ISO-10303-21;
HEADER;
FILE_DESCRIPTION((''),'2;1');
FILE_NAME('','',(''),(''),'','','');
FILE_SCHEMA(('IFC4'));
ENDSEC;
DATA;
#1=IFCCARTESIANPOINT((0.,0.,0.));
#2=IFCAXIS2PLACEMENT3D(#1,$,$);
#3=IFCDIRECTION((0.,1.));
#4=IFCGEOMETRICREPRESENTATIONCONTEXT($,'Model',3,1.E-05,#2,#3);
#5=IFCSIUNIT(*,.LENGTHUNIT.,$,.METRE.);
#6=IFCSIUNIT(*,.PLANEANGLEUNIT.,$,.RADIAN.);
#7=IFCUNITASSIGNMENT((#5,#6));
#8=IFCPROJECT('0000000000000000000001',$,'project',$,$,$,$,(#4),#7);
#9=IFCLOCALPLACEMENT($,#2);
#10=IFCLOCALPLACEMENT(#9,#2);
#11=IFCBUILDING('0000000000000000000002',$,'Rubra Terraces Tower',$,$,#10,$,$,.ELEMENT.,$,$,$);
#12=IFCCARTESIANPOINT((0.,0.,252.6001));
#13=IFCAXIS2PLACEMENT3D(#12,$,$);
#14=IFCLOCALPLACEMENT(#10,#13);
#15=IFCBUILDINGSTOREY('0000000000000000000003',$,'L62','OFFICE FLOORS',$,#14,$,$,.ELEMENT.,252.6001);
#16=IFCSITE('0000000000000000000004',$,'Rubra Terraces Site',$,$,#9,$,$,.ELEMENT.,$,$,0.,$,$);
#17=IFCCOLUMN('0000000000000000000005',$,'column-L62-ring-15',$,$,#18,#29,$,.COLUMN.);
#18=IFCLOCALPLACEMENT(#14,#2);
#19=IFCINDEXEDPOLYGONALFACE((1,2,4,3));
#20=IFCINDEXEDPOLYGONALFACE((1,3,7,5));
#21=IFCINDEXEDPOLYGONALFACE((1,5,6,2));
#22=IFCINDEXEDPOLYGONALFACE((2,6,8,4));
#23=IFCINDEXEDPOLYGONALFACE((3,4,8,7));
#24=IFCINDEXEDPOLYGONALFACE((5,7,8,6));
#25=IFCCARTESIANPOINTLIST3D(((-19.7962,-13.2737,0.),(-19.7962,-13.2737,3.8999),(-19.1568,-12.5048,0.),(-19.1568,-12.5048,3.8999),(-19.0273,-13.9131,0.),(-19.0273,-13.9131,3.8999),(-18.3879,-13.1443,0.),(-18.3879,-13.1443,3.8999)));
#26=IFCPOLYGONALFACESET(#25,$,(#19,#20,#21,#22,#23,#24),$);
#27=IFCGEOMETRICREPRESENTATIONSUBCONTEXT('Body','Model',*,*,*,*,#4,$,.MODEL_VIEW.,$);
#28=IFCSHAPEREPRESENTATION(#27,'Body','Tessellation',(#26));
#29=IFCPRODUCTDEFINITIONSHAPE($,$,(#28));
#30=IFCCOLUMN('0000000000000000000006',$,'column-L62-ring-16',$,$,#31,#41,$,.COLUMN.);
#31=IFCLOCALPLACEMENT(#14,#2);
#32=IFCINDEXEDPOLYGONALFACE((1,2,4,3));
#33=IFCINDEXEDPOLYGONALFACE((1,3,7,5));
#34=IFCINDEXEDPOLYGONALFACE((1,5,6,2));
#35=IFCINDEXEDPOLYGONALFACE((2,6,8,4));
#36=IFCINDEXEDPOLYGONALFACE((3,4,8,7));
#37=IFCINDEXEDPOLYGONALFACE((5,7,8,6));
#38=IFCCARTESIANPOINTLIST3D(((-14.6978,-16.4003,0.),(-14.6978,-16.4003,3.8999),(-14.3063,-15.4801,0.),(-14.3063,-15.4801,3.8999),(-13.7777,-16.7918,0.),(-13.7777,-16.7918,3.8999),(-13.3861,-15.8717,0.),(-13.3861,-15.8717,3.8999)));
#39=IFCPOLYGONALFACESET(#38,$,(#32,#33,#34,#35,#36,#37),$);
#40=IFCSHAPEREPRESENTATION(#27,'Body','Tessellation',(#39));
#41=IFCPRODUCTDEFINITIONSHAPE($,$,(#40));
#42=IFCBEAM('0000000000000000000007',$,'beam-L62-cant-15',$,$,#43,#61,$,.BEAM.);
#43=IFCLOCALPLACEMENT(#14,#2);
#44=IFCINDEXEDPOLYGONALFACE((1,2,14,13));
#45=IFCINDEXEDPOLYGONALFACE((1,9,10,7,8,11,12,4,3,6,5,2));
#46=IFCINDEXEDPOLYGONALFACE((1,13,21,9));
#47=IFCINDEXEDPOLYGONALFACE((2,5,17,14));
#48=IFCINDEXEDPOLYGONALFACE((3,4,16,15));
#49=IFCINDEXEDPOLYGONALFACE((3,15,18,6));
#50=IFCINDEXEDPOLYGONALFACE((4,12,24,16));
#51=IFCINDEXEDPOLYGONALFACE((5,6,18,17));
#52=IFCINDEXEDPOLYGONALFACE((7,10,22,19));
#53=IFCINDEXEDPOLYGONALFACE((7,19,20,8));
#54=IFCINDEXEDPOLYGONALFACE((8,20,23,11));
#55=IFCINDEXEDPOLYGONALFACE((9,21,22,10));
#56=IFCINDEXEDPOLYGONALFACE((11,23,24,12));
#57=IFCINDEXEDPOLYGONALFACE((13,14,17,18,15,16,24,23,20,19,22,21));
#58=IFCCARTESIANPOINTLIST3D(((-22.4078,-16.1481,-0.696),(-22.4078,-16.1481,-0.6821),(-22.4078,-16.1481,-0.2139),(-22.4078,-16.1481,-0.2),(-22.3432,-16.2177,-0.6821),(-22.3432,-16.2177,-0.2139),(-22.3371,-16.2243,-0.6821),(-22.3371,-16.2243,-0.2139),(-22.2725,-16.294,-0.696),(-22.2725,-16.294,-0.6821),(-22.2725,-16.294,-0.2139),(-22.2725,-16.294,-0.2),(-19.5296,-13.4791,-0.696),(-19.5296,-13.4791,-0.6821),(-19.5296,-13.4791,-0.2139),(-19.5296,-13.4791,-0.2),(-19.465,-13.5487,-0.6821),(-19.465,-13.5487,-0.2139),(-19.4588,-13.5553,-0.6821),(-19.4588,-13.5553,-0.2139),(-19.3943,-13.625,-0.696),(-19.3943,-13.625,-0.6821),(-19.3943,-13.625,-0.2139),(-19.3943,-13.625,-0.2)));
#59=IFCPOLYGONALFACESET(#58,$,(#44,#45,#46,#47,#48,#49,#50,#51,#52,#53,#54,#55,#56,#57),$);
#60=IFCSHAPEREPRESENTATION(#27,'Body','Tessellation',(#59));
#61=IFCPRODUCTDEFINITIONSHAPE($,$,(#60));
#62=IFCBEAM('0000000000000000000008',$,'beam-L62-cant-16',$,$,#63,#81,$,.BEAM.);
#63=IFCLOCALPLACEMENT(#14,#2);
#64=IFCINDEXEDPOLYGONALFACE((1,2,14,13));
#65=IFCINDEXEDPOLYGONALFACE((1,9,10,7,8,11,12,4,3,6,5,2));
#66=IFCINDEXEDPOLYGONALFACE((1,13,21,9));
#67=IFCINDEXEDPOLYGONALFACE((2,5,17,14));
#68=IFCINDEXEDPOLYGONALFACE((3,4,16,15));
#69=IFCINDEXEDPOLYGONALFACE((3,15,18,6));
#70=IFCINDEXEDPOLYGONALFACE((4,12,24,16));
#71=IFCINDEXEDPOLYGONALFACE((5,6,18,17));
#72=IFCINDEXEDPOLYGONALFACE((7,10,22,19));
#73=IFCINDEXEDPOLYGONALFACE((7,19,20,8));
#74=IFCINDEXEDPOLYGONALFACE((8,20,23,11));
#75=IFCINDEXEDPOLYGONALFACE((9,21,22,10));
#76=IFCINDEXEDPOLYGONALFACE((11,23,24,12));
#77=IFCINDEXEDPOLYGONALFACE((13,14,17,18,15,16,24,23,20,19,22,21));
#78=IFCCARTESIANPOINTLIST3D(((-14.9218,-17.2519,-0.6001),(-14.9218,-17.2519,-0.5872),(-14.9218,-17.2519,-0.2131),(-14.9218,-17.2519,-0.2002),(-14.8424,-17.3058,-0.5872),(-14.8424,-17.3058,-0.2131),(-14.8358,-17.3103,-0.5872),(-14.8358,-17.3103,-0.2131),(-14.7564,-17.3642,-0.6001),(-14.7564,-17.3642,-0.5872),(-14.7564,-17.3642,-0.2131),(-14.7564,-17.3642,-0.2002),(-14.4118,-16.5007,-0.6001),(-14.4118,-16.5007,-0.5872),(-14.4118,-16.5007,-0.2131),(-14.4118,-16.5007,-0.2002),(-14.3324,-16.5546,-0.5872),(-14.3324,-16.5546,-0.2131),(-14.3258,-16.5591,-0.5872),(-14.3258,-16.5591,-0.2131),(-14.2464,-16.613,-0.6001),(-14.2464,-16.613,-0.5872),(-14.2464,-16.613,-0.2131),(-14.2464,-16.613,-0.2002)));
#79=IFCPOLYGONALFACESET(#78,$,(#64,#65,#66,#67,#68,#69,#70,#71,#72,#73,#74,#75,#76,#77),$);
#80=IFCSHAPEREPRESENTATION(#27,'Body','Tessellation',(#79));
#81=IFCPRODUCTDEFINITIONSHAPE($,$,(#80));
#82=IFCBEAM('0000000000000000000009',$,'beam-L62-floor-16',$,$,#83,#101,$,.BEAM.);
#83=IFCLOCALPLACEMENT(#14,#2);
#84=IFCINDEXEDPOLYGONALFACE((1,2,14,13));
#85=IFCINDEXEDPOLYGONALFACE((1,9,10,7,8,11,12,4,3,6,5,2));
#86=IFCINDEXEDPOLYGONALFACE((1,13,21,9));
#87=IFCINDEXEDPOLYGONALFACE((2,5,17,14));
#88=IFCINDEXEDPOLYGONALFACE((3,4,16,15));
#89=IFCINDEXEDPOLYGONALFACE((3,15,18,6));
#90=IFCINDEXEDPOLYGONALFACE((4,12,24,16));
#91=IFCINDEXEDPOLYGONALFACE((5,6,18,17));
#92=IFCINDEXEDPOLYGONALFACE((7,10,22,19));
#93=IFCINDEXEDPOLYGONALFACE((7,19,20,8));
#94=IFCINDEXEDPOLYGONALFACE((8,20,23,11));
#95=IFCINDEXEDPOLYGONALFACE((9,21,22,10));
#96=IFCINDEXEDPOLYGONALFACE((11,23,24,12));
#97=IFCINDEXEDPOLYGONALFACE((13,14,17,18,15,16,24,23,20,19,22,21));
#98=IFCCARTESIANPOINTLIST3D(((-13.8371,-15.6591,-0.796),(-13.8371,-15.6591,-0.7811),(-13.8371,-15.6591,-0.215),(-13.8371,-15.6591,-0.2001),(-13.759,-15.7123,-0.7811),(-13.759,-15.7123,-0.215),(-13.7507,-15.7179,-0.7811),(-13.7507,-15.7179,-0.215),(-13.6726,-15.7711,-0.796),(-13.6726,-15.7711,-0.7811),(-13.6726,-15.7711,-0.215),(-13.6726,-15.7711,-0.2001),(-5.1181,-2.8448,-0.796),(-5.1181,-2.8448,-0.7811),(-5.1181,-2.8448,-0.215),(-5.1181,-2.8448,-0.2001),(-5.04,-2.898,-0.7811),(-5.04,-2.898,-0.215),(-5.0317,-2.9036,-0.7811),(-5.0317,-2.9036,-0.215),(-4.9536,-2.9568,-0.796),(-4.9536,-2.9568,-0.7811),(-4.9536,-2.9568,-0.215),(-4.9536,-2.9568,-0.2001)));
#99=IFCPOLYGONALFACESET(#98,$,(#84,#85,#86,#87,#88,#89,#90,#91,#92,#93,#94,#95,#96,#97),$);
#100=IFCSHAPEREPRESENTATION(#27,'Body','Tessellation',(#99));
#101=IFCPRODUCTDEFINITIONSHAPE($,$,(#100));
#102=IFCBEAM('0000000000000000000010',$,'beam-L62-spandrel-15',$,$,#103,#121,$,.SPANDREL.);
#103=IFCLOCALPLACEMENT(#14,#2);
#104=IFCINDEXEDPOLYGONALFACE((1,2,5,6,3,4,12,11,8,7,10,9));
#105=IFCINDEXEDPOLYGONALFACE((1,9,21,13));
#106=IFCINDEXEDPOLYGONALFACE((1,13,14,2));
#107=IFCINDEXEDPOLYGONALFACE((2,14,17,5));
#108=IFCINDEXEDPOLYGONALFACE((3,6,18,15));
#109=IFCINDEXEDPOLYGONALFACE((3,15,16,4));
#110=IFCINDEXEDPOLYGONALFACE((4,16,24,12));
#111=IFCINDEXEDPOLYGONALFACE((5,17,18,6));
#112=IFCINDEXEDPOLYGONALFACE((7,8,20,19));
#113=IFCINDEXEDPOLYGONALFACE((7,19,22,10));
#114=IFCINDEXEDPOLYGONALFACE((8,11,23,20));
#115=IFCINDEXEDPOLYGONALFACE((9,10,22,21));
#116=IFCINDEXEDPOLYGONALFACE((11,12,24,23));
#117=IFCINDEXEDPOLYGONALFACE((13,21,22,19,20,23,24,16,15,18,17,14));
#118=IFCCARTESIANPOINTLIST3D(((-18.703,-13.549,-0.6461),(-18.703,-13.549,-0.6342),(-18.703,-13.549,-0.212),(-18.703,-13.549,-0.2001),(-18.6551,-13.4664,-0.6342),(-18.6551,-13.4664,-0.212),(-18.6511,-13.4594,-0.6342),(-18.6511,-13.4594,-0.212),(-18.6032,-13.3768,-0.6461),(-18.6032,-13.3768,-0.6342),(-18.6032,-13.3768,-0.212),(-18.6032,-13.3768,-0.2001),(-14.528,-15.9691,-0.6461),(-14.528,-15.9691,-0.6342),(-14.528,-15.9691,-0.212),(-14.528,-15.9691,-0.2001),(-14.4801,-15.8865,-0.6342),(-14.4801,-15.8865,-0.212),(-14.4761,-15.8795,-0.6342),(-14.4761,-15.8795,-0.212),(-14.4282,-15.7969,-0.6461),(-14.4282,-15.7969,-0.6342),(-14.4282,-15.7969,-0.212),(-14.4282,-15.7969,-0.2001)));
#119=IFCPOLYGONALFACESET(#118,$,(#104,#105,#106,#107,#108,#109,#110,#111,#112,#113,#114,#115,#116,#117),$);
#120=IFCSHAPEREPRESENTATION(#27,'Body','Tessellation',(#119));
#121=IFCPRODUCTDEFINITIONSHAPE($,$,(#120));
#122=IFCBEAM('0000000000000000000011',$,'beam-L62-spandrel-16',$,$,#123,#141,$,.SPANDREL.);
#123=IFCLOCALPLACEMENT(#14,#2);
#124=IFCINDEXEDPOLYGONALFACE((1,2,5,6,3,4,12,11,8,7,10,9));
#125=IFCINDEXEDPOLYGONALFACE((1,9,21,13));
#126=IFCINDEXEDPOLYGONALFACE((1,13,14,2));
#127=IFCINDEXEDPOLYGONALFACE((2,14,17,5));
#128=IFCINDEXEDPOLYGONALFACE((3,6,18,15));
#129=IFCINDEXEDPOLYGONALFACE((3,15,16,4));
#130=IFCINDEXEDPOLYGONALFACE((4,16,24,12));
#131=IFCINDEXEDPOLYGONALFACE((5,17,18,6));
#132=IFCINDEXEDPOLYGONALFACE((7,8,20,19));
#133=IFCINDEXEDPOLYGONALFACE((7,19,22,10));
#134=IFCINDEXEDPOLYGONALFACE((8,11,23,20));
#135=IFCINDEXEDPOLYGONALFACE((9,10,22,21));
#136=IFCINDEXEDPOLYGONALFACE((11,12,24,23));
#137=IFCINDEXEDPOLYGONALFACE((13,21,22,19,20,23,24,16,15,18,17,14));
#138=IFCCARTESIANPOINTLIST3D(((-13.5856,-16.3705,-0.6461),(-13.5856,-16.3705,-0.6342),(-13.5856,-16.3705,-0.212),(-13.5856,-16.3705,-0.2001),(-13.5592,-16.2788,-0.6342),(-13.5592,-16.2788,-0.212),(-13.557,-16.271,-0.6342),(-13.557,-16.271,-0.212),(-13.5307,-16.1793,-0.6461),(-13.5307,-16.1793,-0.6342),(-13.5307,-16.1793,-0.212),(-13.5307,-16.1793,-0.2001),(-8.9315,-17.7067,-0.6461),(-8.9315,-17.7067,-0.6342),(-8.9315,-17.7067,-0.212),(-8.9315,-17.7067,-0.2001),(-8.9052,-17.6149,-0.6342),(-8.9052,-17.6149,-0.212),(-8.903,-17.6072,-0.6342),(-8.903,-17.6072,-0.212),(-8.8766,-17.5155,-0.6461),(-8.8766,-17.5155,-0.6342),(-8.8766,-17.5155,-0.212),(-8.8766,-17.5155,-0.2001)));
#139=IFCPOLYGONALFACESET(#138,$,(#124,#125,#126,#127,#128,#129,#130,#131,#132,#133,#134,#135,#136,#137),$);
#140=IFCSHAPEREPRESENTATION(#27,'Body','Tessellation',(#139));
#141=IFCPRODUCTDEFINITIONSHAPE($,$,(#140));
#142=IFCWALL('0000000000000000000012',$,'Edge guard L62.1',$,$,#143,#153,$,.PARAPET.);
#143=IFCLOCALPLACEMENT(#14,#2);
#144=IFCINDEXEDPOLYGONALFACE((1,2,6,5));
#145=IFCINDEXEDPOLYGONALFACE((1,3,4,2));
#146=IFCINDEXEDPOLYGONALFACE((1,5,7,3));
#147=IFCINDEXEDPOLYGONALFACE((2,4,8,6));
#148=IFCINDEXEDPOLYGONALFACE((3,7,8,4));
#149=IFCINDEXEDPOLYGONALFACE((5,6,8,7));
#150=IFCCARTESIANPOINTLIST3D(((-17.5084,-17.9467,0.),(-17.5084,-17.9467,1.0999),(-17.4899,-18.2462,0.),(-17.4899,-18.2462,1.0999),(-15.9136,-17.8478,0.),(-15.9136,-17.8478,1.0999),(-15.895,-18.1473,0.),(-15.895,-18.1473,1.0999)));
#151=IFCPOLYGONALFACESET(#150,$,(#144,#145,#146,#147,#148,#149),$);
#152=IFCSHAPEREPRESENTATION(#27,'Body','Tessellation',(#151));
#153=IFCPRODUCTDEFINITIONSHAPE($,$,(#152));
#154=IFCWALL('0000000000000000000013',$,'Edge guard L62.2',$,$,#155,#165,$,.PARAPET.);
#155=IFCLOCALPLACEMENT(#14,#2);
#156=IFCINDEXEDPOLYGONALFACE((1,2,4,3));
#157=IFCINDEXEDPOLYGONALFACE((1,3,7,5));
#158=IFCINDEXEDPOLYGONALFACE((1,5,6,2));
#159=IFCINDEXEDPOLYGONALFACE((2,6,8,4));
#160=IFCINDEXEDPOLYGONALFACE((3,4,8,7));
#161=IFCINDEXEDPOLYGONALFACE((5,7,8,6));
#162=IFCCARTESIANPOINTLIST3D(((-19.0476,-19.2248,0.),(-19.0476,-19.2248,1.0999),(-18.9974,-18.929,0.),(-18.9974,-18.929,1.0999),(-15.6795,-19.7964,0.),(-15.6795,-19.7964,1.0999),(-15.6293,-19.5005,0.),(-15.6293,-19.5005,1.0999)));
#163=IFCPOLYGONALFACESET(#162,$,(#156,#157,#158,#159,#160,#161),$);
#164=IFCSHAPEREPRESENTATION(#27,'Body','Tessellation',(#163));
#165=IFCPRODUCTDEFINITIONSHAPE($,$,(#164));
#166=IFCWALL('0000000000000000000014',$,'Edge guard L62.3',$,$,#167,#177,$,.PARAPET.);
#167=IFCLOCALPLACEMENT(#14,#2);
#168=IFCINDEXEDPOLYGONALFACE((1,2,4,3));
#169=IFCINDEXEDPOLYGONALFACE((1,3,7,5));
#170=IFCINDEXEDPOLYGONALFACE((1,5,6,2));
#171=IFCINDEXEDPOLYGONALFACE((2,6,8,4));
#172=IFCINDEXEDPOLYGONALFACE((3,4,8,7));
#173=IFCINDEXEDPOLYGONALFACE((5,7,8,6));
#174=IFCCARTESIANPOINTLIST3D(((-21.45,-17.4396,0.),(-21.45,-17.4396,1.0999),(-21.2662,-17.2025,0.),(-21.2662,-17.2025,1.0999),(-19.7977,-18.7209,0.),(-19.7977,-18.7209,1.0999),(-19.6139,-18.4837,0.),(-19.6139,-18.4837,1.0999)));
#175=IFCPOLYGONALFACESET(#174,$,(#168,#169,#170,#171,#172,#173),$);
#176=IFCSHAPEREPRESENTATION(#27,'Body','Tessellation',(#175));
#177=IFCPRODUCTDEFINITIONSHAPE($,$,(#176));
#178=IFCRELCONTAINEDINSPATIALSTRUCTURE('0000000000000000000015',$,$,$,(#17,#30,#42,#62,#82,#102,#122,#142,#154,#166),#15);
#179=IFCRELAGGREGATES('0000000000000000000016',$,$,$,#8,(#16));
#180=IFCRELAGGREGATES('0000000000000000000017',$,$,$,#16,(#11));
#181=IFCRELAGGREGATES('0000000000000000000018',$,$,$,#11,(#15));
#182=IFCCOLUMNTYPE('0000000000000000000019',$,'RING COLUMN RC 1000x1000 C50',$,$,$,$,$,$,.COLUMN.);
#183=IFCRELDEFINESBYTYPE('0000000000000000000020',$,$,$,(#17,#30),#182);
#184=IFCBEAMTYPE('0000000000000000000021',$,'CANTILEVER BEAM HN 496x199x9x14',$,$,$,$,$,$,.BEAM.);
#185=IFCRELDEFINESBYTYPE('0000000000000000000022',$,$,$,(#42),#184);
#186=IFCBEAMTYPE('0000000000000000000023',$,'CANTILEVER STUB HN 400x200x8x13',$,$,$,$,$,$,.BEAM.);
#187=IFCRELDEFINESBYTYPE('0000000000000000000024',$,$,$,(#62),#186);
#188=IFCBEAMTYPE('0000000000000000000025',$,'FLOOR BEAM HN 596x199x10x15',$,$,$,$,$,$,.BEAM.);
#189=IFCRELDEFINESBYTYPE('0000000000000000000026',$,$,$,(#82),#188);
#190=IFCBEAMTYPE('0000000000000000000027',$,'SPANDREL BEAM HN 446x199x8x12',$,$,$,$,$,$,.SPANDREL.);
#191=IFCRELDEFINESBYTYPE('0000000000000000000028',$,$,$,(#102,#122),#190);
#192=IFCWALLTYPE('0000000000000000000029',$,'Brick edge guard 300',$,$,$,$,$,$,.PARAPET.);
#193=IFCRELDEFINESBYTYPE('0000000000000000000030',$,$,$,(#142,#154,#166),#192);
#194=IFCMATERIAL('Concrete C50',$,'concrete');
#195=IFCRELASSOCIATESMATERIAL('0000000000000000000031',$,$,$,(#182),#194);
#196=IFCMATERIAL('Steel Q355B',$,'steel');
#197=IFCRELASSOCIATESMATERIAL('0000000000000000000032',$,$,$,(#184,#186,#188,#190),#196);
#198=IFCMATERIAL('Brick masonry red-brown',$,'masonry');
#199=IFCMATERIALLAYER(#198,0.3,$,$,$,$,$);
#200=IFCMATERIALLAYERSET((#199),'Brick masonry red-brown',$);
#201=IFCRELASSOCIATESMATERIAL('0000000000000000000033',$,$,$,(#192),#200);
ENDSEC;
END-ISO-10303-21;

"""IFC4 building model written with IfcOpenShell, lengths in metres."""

from ifc_helpers import new_model, si_unit, direction, frame, frame_2d, origin, origin_2d, place, context, subcontext, project, spatial, rectangle, i_section, extrude, material, layer, layer_set, material_profile, profile_set, type_object, element, save


model = new_model("IFC4")

# Units and contexts
model_context = context("Model", 3, precision=1e-05, world=origin(), true_north=direction((0.0, 1.0)))
body_context = subcontext(model_context, "Body", "Model", "MODEL_VIEW")
ifc_project = project(units=[si_unit("LENGTHUNIT", "METRE"), si_unit("PLANEANGLEUNIT", "RADIAN")], contexts=[model_context])

# Site, building, storey
site_placement = place(None, origin())
site = spatial("IfcSite", under=ifc_project, at=site_placement, Name="Rubra Terraces Site", CompositionType="ELEMENT", RefElevation=0.0)
building_placement = place(site_placement, origin())
building = spatial("IfcBuilding", under=site, at=building_placement, Name="Rubra Terraces Tower", CompositionType="ELEMENT")
storey_placement = place(building_placement, frame((0.0, 0.0, 252.6001)))
storey = spatial("IfcBuildingStorey", under=building, at=storey_placement, Name="L62", Description="OFFICE FLOORS", CompositionType="ELEMENT", Elevation=252.6001)

# Columns
ifc_material_1 = material(Name="Concrete C50", Category="concrete")
ifc_material_profile_1 = material_profile(ifc_material_1, rectangle(XDim=1.0, YDim=1.0, at=origin_2d()), Name="RC 1000x1000")
ifc_profile_set_1 = profile_set([ifc_material_profile_1], Name="Concrete C50")
column_type = type_object("IfcColumnType", Name="RING COLUMN RC 1000x1000 C50", PredefinedType="COLUMN", material=ifc_profile_set_1)
for number, where, z_axis, x_axis, name in (
    (1, (-19.092, -13.209, 0.0), (0.0, 0.0, 1.0), (0.76887, -0.639405, 0.0), "column-L62-ring-15"),
    (2, (-14.042, -16.136, 0.0), (0.0, 0.0, 1.0), (0.920168, -0.391524, 0.0), "column-L62-ring-16"),
):
    element("IfcColumn", number, at=place(storey_placement, frame(where, z_axis=z_axis, x_axis=x_axis)), inside=storey, type_object=column_type, Name=name, PredefinedType="COLUMN", context=body_context, shape_type="SweptSolid", body=[
        extrude(rectangle(XDim=1.0, YDim=1.0, at=origin_2d()), origin(), (0.0, 0.0, 1.0), 3.8999),
    ])

# Beams
ifc_material_2 = material(Name="Steel Q355B", Category="steel")
ifc_material_profile_2 = material_profile(ifc_material_2, i_section(OverallWidth=0.199, OverallDepth=0.4961, WebThickness=0.009, FlangeThickness=0.0139, at=origin_2d()), Name="HN 496x199x9x14")
ifc_profile_set_2 = profile_set([ifc_material_profile_2], Name="Steel Q355B")
beam_type_1 = type_object("IfcBeamType", Name="CANTILEVER BEAM HN 496x199x9x14", PredefinedType="BEAM", material=ifc_profile_set_2)
beam_1_placement = place(storey_placement, frame((-19.4619, -13.552, -0.448), z_axis=(-0.733256, -0.679952, 0.0), x_axis=(0.679952, -0.733256, 0.0)))
element("IfcBeam", 3, at=beam_1_placement, inside=storey, type_object=beam_type_1, Name="beam-L62-cant-15", PredefinedType="BEAM", context=body_context, shape_type="SweptSolid", body=[
    extrude(i_section(OverallWidth=0.199, OverallDepth=0.4961, WebThickness=0.009, FlangeThickness=0.0139, at=origin_2d()), origin(), (0.0, 0.0, 1.0), 3.9253),
])
ifc_material_profile_3 = material_profile(ifc_material_2, i_section(OverallWidth=0.2, OverallDepth=0.3999, WebThickness=0.0081, FlangeThickness=0.0129, at=origin_2d()), Name="HN 400x200x8x13")
ifc_profile_set_3 = profile_set([ifc_material_profile_3], Name="Steel Q355B")
beam_type_2 = type_object("IfcBeamType", Name="CANTILEVER STUB HN 400x200x8x13", PredefinedType="BEAM", material=ifc_profile_set_3)
beam_2_placement = place(storey_placement, frame((-14.3291, -16.5569, -0.4001), z_axis=(-0.561692, -0.827346, 0.0), x_axis=(0.827346, -0.561692, 0.0)))
element("IfcBeam", 4, at=beam_2_placement, inside=storey, type_object=beam_type_2, Name="beam-L62-cant-16", PredefinedType="BEAM", context=body_context, shape_type="SweptSolid", body=[
    extrude(i_section(OverallWidth=0.2, OverallDepth=0.3999, WebThickness=0.0081, FlangeThickness=0.0129, at=origin_2d()), origin(), (0.0, 0.0, 1.0), 0.908),
])
ifc_material_profile_4 = material_profile(ifc_material_2, i_section(OverallWidth=0.199, OverallDepth=0.5959, WebThickness=0.01, FlangeThickness=0.0149, at=origin_2d()), Name="HN 596x199x10x15")
ifc_profile_set_4 = profile_set([ifc_material_profile_4], Name="Steel Q355B")
beam_type_3 = type_object("IfcBeamType", Name="FLOOR BEAM HN 596x199x10x15", PredefinedType="BEAM", material=ifc_profile_set_4)
beam_3_placement = place(storey_placement, frame((-13.7549, -15.7151, -0.498), z_axis=(0.562545, 0.826767, 0.0), x_axis=(-0.826767, 0.562545, 0.0)))
element("IfcBeam", 5, at=beam_3_placement, inside=storey, type_object=beam_type_3, Name="beam-L62-floor-16", PredefinedType="BEAM", context=body_context, shape_type="SweptSolid", body=[
    extrude(i_section(OverallWidth=0.199, OverallDepth=0.5959, WebThickness=0.01, FlangeThickness=0.0149, at=origin_2d()), origin(), (0.0, 0.0, 1.0), 15.4993),
])
ifc_material_profile_5 = material_profile(ifc_material_2, i_section(OverallWidth=0.199, OverallDepth=0.446, WebThickness=0.0081, FlangeThickness=0.012, at=origin_2d()), Name="HN 446x199x8x12")
ifc_profile_set_5 = profile_set([ifc_material_profile_5], Name="Steel Q355B")
beam_type_4 = type_object("IfcBeamType", Name="SPANDREL BEAM HN 446x199x8x12", PredefinedType="SPANDREL", material=ifc_profile_set_5)
beam_4_placement = place(storey_placement, frame((-18.6531, -13.4629, -0.4231), z_axis=(0.865154, -0.501507, 0.0), x_axis=(0.501507, 0.865154, 0.0)))
element("IfcBeam", 6, at=beam_4_placement, inside=storey, type_object=beam_type_4, Name="beam-L62-spandrel-15", PredefinedType="SPANDREL", context=body_context, shape_type="SweptSolid", body=[
    extrude(i_section(OverallWidth=0.199, OverallDepth=0.446, WebThickness=0.0081, FlangeThickness=0.012, at=origin_2d()), origin(), (0.0, 0.0, 1.0), 4.8257),
])
beam_5_placement = place(storey_placement, frame((-13.5581, -16.2749, -0.4231), z_axis=(0.961171, -0.275953, 0.0), x_axis=(0.275953, 0.961171, 0.0)))
element("IfcBeam", 7, at=beam_5_placement, inside=storey, type_object=beam_type_4, Name="beam-L62-spandrel-16", PredefinedType="SPANDREL", context=body_context, shape_type="SweptSolid", body=[
    extrude(i_section(OverallWidth=0.199, OverallDepth=0.446, WebThickness=0.0081, FlangeThickness=0.012, at=origin_2d()), origin(), (0.0, 0.0, 1.0), 4.842),
])

# Walls
ifc_material_3 = material(Name="Brick masonry red-brown", Category="masonry")
ifc_layer_1 = layer(ifc_material_3, 0.3)
ifc_layer_set_1 = layer_set([ifc_layer_1], Name="Brick masonry red-brown")
wall_type_1 = type_object("IfcWallType", Name="Brick edge guard 300", PredefinedType="PARAPET", material=ifc_layer_set_1)
wall_1_placement = place(storey_placement, frame((-17.499, -18.0964, 0.0), z_axis=(0.0, 0.0, 1.0), x_axis=(0.998083, 0.061884, 0.0)))
element("IfcWall", 8, at=wall_1_placement, inside=storey, type_object=wall_type_1, Name="Edge guard L62.1", PredefinedType="PARAPET", context=body_context, shape_type="SweptSolid", body=[
    extrude(rectangle(XDim=1.5979, YDim=0.3, at=frame_2d((0.7988, 0.0))), origin(), (0.0, 0.0, 1.0), 1.0999),
])
wall_2_placement = place(storey_placement, frame((-15.6545, -19.6484, 0.0), z_axis=(0.0, 0.0, 1.0), x_axis=(-0.985907, 0.167295, 0.0)))
element("IfcWall", 9, at=wall_2_placement, inside=storey, type_object=wall_type_1, Name="Edge guard L62.2", PredefinedType="PARAPET", context=body_context, shape_type="SweptSolid", body=[
    extrude(rectangle(XDim=3.4163, YDim=0.3, at=frame_2d((1.708, 0.0))), origin(), (0.0, 0.0, 1.0), 1.0999),
])
wall_3_placement = place(storey_placement, frame((-19.7058, -18.6023, 0.0), z_axis=(0.0, 0.0, 1.0), x_axis=(-0.790257, 0.612776, 0.0)))
element("IfcWall", 10, at=wall_3_placement, inside=storey, type_object=wall_type_1, Name="Edge guard L62.3", PredefinedType="PARAPET", context=body_context, shape_type="SweptSolid", body=[
    extrude(rectangle(XDim=2.0908, YDim=0.3, at=frame_2d((1.0454, 0.0))), origin(), (0.0, 0.0, 1.0), 1.0999),
])

save(model, "model.ifc")
